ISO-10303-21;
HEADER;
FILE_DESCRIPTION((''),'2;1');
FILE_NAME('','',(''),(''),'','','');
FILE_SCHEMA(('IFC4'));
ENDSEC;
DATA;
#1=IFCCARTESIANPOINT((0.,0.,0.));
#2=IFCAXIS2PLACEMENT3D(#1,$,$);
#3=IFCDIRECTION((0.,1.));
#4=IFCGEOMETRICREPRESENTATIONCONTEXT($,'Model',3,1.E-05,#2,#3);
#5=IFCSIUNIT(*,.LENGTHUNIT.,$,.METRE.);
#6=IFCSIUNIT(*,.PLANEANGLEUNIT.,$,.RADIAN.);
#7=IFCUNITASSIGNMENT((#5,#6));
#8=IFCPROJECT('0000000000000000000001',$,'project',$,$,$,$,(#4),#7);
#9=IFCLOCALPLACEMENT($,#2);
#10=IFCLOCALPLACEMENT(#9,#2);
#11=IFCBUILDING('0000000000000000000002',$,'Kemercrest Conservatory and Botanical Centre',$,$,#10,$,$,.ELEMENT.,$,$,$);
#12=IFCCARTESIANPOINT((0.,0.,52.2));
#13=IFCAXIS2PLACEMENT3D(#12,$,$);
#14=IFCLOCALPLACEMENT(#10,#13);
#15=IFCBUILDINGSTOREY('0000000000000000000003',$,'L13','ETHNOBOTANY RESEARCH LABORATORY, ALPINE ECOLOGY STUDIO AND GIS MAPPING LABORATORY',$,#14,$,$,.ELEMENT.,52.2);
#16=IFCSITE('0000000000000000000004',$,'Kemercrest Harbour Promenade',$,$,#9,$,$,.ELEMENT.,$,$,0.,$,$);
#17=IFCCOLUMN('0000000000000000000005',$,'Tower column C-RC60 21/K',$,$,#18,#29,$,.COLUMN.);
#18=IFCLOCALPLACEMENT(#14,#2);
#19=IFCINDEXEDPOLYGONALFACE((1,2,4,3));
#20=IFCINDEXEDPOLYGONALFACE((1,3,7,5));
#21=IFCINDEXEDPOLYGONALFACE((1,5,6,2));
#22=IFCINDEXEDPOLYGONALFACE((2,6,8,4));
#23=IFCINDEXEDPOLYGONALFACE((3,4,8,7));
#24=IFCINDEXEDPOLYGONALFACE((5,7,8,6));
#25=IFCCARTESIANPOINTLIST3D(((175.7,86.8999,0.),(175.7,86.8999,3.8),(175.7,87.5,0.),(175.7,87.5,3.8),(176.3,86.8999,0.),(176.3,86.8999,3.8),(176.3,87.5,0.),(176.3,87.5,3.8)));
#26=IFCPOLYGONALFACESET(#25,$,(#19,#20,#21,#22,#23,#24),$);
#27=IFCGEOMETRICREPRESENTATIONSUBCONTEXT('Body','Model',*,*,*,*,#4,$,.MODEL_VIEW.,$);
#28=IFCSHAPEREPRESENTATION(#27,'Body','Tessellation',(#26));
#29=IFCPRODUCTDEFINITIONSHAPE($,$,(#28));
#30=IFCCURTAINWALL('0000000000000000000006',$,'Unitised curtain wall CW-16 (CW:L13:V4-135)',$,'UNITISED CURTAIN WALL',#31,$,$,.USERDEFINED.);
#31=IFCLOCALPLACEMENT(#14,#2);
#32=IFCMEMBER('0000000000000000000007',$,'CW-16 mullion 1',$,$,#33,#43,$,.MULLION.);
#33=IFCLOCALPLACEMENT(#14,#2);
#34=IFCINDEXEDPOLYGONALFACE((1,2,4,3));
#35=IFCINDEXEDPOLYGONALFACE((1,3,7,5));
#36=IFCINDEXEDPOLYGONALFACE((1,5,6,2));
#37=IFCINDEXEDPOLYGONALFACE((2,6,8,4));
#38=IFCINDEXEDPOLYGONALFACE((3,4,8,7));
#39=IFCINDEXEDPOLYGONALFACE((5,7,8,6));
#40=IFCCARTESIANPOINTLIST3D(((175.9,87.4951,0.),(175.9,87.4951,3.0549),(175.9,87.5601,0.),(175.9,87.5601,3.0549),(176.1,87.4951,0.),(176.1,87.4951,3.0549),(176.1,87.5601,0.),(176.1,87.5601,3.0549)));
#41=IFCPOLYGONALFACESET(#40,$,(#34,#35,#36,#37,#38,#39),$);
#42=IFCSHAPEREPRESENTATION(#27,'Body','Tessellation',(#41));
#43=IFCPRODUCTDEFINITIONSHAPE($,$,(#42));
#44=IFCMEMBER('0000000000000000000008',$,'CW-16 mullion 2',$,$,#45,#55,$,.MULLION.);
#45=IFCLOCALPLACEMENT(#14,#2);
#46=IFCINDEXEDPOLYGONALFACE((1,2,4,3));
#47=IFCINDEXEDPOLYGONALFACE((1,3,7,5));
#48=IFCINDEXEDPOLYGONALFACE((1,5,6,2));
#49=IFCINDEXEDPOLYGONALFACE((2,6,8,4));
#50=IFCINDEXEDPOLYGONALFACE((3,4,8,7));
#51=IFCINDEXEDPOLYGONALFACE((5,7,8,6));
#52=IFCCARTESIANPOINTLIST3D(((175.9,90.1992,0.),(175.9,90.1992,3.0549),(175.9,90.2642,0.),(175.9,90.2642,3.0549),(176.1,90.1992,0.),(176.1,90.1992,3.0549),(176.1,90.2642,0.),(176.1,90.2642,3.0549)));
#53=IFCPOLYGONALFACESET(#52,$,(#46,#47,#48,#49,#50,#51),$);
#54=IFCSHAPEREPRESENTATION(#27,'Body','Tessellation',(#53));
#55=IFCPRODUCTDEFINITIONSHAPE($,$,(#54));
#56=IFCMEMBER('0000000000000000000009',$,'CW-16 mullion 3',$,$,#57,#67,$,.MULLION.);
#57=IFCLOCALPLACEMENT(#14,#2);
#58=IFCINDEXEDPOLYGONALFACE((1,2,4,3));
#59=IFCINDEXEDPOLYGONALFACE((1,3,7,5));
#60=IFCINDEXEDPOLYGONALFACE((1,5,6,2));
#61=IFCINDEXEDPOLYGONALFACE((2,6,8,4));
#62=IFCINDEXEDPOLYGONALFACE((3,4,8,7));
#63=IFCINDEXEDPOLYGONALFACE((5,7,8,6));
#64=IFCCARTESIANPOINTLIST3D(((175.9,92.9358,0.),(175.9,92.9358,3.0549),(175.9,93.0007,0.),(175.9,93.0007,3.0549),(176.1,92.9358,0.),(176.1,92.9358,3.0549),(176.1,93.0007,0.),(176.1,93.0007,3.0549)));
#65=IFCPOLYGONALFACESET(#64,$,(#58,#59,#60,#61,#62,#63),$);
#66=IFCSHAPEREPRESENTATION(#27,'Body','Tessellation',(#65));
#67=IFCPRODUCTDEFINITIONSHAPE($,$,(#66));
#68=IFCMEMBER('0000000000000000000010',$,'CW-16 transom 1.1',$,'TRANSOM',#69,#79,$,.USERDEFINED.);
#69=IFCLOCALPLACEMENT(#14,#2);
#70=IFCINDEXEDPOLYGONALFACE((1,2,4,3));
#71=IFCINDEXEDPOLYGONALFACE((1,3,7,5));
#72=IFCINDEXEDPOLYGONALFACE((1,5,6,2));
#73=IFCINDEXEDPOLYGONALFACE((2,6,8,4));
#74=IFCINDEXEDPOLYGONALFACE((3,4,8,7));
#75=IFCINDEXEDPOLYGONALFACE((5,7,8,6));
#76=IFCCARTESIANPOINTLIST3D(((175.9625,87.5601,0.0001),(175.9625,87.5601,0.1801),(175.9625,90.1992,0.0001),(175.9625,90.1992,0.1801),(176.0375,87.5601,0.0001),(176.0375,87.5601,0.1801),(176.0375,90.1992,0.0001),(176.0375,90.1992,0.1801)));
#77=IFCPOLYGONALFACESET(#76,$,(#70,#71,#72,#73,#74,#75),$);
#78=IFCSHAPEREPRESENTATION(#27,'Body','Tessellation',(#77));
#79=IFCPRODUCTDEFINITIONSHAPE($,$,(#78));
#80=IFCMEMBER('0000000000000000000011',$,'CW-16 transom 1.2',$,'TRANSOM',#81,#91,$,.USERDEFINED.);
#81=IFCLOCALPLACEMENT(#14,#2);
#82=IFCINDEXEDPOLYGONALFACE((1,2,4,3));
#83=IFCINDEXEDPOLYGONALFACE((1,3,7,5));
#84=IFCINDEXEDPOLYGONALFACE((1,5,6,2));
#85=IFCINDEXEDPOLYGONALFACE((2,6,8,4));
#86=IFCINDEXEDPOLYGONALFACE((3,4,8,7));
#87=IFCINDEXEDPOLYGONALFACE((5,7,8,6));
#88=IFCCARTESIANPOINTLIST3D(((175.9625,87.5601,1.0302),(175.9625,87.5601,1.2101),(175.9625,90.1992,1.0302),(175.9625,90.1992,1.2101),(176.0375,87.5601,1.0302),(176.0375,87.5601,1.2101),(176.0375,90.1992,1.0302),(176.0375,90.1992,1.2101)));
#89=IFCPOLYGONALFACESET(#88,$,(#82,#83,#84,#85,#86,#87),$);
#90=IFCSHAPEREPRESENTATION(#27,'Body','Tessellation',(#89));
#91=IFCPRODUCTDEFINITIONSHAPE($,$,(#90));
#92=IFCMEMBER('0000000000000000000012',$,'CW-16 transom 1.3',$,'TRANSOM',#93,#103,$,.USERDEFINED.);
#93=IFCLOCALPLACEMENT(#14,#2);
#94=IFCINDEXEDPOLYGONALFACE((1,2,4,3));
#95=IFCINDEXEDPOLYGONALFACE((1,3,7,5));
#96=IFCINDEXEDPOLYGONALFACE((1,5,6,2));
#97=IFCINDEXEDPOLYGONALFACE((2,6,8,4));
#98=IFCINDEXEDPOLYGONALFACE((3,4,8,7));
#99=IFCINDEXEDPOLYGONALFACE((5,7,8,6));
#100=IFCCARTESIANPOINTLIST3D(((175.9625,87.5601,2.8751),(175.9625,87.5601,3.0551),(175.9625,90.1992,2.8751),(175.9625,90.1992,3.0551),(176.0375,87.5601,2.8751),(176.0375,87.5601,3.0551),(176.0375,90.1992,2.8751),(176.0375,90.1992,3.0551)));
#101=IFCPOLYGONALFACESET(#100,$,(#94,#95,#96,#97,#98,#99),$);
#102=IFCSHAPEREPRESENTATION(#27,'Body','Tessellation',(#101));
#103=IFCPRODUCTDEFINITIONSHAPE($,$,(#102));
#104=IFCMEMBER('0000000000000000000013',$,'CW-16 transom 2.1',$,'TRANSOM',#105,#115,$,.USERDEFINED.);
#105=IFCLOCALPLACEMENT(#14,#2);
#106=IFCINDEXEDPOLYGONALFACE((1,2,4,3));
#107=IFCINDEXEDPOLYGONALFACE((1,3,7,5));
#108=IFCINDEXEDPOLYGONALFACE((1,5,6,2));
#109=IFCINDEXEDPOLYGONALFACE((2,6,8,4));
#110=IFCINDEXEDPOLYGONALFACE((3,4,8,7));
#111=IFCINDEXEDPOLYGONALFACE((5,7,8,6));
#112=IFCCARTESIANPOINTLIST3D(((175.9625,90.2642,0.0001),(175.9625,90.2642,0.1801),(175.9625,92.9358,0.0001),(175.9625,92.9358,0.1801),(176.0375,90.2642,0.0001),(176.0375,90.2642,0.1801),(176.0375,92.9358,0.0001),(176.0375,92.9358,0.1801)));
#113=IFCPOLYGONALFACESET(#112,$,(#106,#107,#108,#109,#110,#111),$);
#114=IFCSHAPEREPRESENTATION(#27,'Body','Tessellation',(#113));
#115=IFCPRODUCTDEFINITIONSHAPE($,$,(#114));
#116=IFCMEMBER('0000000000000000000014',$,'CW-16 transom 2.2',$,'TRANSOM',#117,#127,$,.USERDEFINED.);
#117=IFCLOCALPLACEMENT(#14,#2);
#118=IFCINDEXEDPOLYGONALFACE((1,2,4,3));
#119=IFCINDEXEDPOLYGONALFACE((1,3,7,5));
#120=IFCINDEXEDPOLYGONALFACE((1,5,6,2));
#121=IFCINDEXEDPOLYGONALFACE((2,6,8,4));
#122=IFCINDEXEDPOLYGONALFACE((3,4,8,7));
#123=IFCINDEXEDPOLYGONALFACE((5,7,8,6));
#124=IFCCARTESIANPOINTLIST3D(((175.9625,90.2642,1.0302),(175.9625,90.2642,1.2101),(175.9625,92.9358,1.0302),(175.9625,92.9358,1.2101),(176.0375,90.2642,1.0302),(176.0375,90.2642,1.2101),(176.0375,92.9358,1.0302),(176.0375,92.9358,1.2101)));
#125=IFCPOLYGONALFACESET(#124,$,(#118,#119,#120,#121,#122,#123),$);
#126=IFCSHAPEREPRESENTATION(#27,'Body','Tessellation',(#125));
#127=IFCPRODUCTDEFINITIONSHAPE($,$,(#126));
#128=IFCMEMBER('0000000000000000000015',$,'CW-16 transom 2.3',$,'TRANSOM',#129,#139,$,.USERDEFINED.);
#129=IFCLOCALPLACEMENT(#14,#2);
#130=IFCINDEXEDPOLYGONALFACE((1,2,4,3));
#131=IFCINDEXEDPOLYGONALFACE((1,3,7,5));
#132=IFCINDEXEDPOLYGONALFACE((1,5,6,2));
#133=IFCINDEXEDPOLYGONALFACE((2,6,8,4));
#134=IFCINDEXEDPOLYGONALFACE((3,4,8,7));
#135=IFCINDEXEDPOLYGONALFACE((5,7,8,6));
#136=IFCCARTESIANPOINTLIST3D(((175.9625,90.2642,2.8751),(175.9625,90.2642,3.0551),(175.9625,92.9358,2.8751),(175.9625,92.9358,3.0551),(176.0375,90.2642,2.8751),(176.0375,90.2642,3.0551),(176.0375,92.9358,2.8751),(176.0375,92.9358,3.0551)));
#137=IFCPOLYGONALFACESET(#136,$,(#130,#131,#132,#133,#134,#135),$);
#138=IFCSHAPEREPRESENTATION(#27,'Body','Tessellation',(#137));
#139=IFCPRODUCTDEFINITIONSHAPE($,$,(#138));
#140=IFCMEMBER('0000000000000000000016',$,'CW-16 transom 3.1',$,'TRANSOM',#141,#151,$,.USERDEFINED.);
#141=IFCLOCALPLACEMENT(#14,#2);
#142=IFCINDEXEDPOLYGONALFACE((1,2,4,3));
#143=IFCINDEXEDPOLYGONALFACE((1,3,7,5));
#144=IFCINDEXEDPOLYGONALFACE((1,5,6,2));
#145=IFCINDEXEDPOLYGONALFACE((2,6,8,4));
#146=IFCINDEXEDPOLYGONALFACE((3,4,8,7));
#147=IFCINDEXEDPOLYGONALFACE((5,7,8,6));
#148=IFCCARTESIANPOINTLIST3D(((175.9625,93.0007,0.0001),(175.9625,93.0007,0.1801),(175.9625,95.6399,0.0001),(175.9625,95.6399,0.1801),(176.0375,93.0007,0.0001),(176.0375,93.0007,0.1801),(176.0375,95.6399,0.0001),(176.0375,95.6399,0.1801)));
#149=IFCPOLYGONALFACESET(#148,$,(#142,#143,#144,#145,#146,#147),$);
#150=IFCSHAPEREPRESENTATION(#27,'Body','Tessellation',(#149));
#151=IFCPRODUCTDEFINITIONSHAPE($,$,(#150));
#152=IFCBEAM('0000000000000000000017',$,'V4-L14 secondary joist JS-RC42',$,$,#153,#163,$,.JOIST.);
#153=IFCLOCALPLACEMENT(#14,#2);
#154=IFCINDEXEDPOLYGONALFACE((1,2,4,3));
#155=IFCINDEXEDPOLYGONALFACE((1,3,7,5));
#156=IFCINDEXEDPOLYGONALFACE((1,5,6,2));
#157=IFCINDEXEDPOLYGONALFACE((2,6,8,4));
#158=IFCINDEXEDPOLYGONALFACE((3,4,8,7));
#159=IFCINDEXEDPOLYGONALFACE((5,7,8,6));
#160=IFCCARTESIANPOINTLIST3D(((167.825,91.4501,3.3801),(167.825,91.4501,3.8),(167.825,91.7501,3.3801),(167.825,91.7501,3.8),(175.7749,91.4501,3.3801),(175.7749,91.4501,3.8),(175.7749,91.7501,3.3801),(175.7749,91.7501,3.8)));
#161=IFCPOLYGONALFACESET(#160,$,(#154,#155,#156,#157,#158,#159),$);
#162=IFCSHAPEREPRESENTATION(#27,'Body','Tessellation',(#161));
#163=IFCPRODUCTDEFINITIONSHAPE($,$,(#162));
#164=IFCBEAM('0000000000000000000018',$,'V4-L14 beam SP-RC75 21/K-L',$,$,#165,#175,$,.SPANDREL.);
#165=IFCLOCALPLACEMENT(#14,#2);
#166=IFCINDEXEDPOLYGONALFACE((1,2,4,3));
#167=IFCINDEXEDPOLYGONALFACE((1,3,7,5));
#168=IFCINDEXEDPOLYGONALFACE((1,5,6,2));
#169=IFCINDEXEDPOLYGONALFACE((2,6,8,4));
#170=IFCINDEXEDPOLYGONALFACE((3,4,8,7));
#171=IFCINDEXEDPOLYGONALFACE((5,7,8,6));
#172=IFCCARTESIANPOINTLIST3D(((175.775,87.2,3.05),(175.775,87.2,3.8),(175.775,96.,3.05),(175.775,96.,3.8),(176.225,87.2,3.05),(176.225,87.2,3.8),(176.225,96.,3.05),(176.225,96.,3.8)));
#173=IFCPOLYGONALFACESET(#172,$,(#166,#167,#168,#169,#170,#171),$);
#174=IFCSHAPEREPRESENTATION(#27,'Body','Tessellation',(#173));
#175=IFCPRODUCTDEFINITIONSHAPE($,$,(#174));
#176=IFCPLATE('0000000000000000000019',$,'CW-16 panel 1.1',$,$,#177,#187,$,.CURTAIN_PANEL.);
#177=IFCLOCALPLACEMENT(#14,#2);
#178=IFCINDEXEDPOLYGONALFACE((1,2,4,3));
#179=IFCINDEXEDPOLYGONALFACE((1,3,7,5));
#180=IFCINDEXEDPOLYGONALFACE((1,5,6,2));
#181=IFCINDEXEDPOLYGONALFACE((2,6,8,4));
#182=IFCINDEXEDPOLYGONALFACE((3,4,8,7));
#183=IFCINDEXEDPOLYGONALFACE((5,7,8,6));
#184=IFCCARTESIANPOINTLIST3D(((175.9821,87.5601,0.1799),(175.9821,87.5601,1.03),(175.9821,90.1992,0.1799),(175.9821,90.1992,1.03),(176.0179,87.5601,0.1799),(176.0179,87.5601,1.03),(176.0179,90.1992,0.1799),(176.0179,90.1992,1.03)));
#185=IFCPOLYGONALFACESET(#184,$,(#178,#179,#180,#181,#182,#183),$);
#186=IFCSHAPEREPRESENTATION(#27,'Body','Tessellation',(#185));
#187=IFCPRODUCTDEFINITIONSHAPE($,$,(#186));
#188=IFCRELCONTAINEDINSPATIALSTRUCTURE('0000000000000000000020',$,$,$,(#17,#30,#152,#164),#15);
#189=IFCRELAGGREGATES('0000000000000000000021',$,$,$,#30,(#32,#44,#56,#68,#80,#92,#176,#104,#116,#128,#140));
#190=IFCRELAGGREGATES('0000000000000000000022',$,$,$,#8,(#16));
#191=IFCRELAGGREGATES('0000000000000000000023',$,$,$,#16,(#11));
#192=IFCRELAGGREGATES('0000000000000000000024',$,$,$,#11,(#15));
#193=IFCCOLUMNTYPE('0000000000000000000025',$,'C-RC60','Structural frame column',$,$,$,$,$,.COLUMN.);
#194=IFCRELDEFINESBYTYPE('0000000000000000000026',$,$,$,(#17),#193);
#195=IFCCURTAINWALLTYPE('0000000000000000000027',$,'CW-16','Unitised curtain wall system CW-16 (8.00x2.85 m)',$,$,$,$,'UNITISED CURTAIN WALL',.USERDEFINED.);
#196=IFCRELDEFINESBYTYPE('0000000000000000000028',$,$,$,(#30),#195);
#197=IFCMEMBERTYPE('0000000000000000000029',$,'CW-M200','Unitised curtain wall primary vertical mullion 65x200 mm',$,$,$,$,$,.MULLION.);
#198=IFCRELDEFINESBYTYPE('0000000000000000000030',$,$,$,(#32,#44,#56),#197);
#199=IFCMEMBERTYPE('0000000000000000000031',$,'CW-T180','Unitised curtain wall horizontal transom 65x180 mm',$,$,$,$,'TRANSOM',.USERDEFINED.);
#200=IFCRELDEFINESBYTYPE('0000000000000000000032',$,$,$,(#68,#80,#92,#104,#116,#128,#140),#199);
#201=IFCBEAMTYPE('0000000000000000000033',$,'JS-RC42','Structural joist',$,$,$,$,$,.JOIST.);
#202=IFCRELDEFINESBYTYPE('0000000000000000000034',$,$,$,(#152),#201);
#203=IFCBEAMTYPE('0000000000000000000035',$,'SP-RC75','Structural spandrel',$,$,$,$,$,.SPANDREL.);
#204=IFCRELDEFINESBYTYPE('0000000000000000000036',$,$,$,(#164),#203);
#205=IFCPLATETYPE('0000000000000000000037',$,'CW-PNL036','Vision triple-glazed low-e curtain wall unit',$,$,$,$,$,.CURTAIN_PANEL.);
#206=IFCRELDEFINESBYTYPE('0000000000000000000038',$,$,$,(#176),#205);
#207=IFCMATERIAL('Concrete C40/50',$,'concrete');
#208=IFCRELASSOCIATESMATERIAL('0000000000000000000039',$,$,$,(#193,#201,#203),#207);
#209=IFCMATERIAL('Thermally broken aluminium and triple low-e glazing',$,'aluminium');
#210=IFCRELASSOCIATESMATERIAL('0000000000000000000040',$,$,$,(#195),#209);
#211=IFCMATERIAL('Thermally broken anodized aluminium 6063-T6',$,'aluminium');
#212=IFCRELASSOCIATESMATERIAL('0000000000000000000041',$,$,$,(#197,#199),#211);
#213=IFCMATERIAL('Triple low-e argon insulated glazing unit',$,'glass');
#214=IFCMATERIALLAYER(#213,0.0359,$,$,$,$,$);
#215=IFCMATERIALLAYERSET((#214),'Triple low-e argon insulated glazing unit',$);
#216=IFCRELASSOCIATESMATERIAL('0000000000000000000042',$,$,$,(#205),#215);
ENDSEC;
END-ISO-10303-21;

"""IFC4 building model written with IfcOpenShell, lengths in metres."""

from ifc_helpers import new_model, si_unit, direction, frame, origin, origin_2d, place, context, subcontext, project, spatial, rectangle, extrude, material, layer, layer_set, material_profile, profile_set, type_object, element, aggregate, save


model = new_model("IFC4")

# Units and contexts
model_context = context("Model", 3, precision=1e-05, world=origin(), true_north=direction((0.0, 1.0)))
body_context = subcontext(model_context, "Body", "Model", "MODEL_VIEW")
ifc_project = project(units=[si_unit("LENGTHUNIT", "METRE"), si_unit("PLANEANGLEUNIT", "RADIAN")], contexts=[model_context])

# Site, building, storey
site_placement = place(None, origin())
site = spatial("IfcSite", under=ifc_project, at=site_placement, Name="Kemercrest Harbour Promenade", CompositionType="ELEMENT", RefElevation=0.0)
building_placement = place(site_placement, origin())
building = spatial("IfcBuilding", under=site, at=building_placement, Name="Kemercrest Conservatory and Botanical Centre", CompositionType="ELEMENT")
storey_placement = place(building_placement, frame((0.0, 0.0, 52.2)))
storey = spatial("IfcBuildingStorey", under=building, at=storey_placement, Name="L13", Description="ETHNOBOTANY RESEARCH LABORATORY, ALPINE ECOLOGY STUDIO AND GIS MAPPING LABORATORY", CompositionType="ELEMENT", Elevation=52.2)

# Column
ifc_material_1 = material(Name="Concrete C40/50", Category="concrete")
ifc_material_profile_1 = material_profile(ifc_material_1, rectangle(XDim=0.6001, YDim=0.6001, at=origin_2d()), Name="RC 600x600")
ifc_profile_set_1 = profile_set([ifc_material_profile_1], Name="Concrete C40/50")
column_type = type_object("IfcColumnType", Name="C-RC60", Description="Structural frame column", PredefinedType="COLUMN", material=ifc_profile_set_1)
column_placement = place(storey_placement, frame((176.0, 87.2, 0.0), z_axis=(0.0, 0.0, 1.0), x_axis=(1.0, 0.0, 0.0)))
element("IfcColumn", 1, at=column_placement, inside=storey, type_object=column_type, Name="Tower column C-RC60 21/K", PredefinedType="COLUMN", context=body_context, shape_type="SweptSolid", body=[
    extrude(rectangle(XDim=0.6001, YDim=0.6001, at=origin_2d()), origin(), (0.0, 0.0, 1.0), 3.8),
])

# Curtain wall, members
ifc_material_2 = material(Name="Thermally broken aluminium and triple low-e glazing", Category="aluminium")
curtain_wall_type = type_object("IfcCurtainWallType", Name="CW-16", Description="Unitised curtain wall system CW-16 (8.00x2.85 m)", ElementType="UNITISED CURTAIN WALL", PredefinedType="USERDEFINED", material=ifc_material_2)
curtain_wall_placement = place(storey_placement, origin())
curtain_wall = element("IfcCurtainWall", 2, at=curtain_wall_placement, inside=storey, type_object=curtain_wall_type, Name="Unitised curtain wall CW-16 (CW:L13:V4-135)", ObjectType="UNITISED CURTAIN WALL", PredefinedType="USERDEFINED")
ifc_material_3 = material(Name="Thermally broken anodized aluminium 6063-T6", Category="aluminium")
ifc_material_profile_2 = material_profile(ifc_material_3, rectangle(XDim=0.2, YDim=0.0649, at=origin_2d()), Name="AL MULLION 65x200")
ifc_profile_set_2 = profile_set([ifc_material_profile_2], Name="Thermally broken anodized aluminium 6063-T6")
member_type_1 = type_object("IfcMemberType", Name="CW-M200", Description="Unitised curtain wall primary vertical mullion 65x200 mm", PredefinedType="MULLION", material=ifc_profile_set_2)
member_1_placement = place(storey_placement, frame((176.0, 87.5276, 0.0), z_axis=(0.0, 0.0, 1.0), x_axis=(-1.0, 0.0, 0.0)))
member_1 = element("IfcMember", 3, at=member_1_placement, type_object=member_type_1, Name="CW-16 mullion 1", PredefinedType="MULLION", context=body_context, shape_type="SweptSolid", body=[
    extrude(rectangle(XDim=0.2, YDim=0.0649, at=origin_2d()), origin(), (0.0, 0.0, 1.0), 3.0549),
])
member_2_placement = place(storey_placement, frame((176.0, 90.2317, 0.0), z_axis=(0.0, 0.0, 1.0), x_axis=(-1.0, 0.0, 0.0)))
member_2 = element("IfcMember", 4, at=member_2_placement, type_object=member_type_1, Name="CW-16 mullion 2", PredefinedType="MULLION", context=body_context, shape_type="SweptSolid", body=[
    extrude(rectangle(XDim=0.2, YDim=0.0649, at=origin_2d()), origin(), (0.0, 0.0, 1.0), 3.0549),
])
member_3_placement = place(storey_placement, frame((176.0, 92.9683, 0.0), z_axis=(0.0, 0.0, 1.0), x_axis=(-1.0, 0.0, 0.0)))
member_3 = element("IfcMember", 5, at=member_3_placement, type_object=member_type_1, Name="CW-16 mullion 3", PredefinedType="MULLION", context=body_context, shape_type="SweptSolid", body=[
    extrude(rectangle(XDim=0.2, YDim=0.0649, at=origin_2d()), origin(), (0.0, 0.0, 1.0), 3.0549),
])
ifc_material_profile_3 = material_profile(ifc_material_3, rectangle(XDim=0.075, YDim=0.1799, at=origin_2d()), Name="AL TRANSOM 75x180")
ifc_profile_set_3 = profile_set([ifc_material_profile_3], Name="Thermally broken anodized aluminium 6063-T6")
member_type_2 = type_object("IfcMemberType", Name="CW-T180", Description="Unitised curtain wall horizontal transom 65x180 mm", ElementType="TRANSOM", PredefinedType="USERDEFINED", material=ifc_profile_set_3)
member_4_placement = place(storey_placement, frame((176.0, 87.5601, 0.0901), z_axis=(0.0, 1.0, 0.0), x_axis=(-1.0, 0.0, 0.0)))
member_4 = element("IfcMember", 6, at=member_4_placement, type_object=member_type_2, Name="CW-16 transom 1.1", ObjectType="TRANSOM", PredefinedType="USERDEFINED", context=body_context, shape_type="SweptSolid", body=[
    extrude(rectangle(XDim=0.075, YDim=0.1799, at=origin_2d()), origin(), (0.0, 0.0, 1.0), 2.6392),
])
member_5_placement = place(storey_placement, frame((176.0, 87.5601, 1.1201), z_axis=(0.0, 1.0, 0.0), x_axis=(-1.0, 0.0, 0.0)))
member_5 = element("IfcMember", 7, at=member_5_placement, type_object=member_type_2, Name="CW-16 transom 1.2", ObjectType="TRANSOM", PredefinedType="USERDEFINED", context=body_context, shape_type="SweptSolid", body=[
    extrude(rectangle(XDim=0.075, YDim=0.1799, at=origin_2d()), origin(), (0.0, 0.0, 1.0), 2.6392),
])
member_6_placement = place(storey_placement, frame((176.0, 87.5601, 2.9651), z_axis=(0.0, 1.0, 0.0), x_axis=(-1.0, 0.0, 0.0)))
member_6 = element("IfcMember", 8, at=member_6_placement, type_object=member_type_2, Name="CW-16 transom 1.3", ObjectType="TRANSOM", PredefinedType="USERDEFINED", context=body_context, shape_type="SweptSolid", body=[
    extrude(rectangle(XDim=0.075, YDim=0.1799, at=origin_2d()), origin(), (0.0, 0.0, 1.0), 2.6392),
])
member_7_placement = place(storey_placement, frame((176.0, 90.2642, 0.0901), z_axis=(0.0, 1.0, 0.0), x_axis=(-1.0, 0.0, 0.0)))
member_7 = element("IfcMember", 9, at=member_7_placement, type_object=member_type_2, Name="CW-16 transom 2.1", ObjectType="TRANSOM", PredefinedType="USERDEFINED", context=body_context, shape_type="SweptSolid", body=[
    extrude(rectangle(XDim=0.075, YDim=0.1799, at=origin_2d()), origin(), (0.0, 0.0, 1.0), 2.6716),
])
member_8_placement = place(storey_placement, frame((176.0, 90.2642, 1.1201), z_axis=(0.0, 1.0, 0.0), x_axis=(-1.0, 0.0, 0.0)))
member_8 = element("IfcMember", 10, at=member_8_placement, type_object=member_type_2, Name="CW-16 transom 2.2", ObjectType="TRANSOM", PredefinedType="USERDEFINED", context=body_context, shape_type="SweptSolid", body=[
    extrude(rectangle(XDim=0.075, YDim=0.1799, at=origin_2d()), origin(), (0.0, 0.0, 1.0), 2.6716),
])
member_9_placement = place(storey_placement, frame((176.0, 90.2642, 2.9651), z_axis=(0.0, 1.0, 0.0), x_axis=(-1.0, 0.0, 0.0)))
member_9 = element("IfcMember", 11, at=member_9_placement, type_object=member_type_2, Name="CW-16 transom 2.3", ObjectType="TRANSOM", PredefinedType="USERDEFINED", context=body_context, shape_type="SweptSolid", body=[
    extrude(rectangle(XDim=0.075, YDim=0.1799, at=origin_2d()), origin(), (0.0, 0.0, 1.0), 2.6716),
])
member_10_placement = place(storey_placement, frame((176.0, 93.0007, 0.0901), z_axis=(0.0, 1.0, 0.0), x_axis=(-1.0, 0.0, 0.0)))
member_10 = element("IfcMember", 12, at=member_10_placement, type_object=member_type_2, Name="CW-16 transom 3.1", ObjectType="TRANSOM", PredefinedType="USERDEFINED", context=body_context, shape_type="SweptSolid", body=[
    extrude(rectangle(XDim=0.075, YDim=0.1799, at=origin_2d()), origin(), (0.0, 0.0, 1.0), 2.6392),
])

# Beams
ifc_material_profile_4 = material_profile(ifc_material_1, rectangle(XDim=0.3, YDim=0.4199, at=origin_2d()), Name="RC 300x420")
ifc_profile_set_4 = profile_set([ifc_material_profile_4], Name="Concrete C40/50")
beam_type_1 = type_object("IfcBeamType", Name="JS-RC42", Description="Structural joist", PredefinedType="JOIST", material=ifc_profile_set_4)
beam_1_placement = place(storey_placement, frame((167.825, 91.6001, 3.5901), z_axis=(1.0, 0.0, 0.0), x_axis=(0.0, 1.0, 0.0)))
element("IfcBeam", 13, at=beam_1_placement, inside=storey, type_object=beam_type_1, Name="V4-L14 secondary joist JS-RC42", PredefinedType="JOIST", context=body_context, shape_type="SweptSolid", body=[
    extrude(rectangle(XDim=0.3, YDim=0.4199, at=origin_2d()), origin(), (0.0, 0.0, 1.0), 7.95),
])
ifc_material_profile_5 = material_profile(ifc_material_1, rectangle(XDim=0.45, YDim=0.75, at=origin_2d()), Name="RC 450x750")
ifc_profile_set_5 = profile_set([ifc_material_profile_5], Name="Concrete C40/50")
beam_type_2 = type_object("IfcBeamType", Name="SP-RC75", Description="Structural spandrel", PredefinedType="SPANDREL", material=ifc_profile_set_5)
beam_2_placement = place(storey_placement, frame((176.0, 87.2, 3.425), z_axis=(0.0, 1.0, 0.0), x_axis=(-1.0, 0.0, 0.0)))
element("IfcBeam", 14, at=beam_2_placement, inside=storey, type_object=beam_type_2, Name="V4-L14 beam SP-RC75 21/K-L", PredefinedType="SPANDREL", context=body_context, shape_type="SweptSolid", body=[
    extrude(rectangle(XDim=0.45, YDim=0.75, at=origin_2d()), origin(), (0.0, 0.0, 1.0), 8.8),
])

# Plate
ifc_material_4 = material(Name="Triple low-e argon insulated glazing unit", Category="glass")
ifc_layer_1 = layer(ifc_material_4, 0.0359)
ifc_layer_set_1 = layer_set([ifc_layer_1], Name="Triple low-e argon insulated glazing unit")
plate_type = type_object("IfcPlateType", Name="CW-PNL036", Description="Vision triple-glazed low-e curtain wall unit", PredefinedType="CURTAIN_PANEL", material=ifc_layer_set_1)
plate_1_placement = place(storey_placement, frame((176.0, 88.8796, 0.1799), z_axis=(0.0, 0.0, 1.0), x_axis=(0.0, 1.0, 0.0)))
plate_1 = element("IfcPlate", 15, at=plate_1_placement, type_object=plate_type, Name="CW-16 panel 1.1", PredefinedType="CURTAIN_PANEL", context=body_context, shape_type="SweptSolid", body=[
    extrude(rectangle(XDim=2.6392, YDim=0.0359, at=origin_2d()), origin(), (0.0, 0.0, 1.0), 0.8501),
])
aggregate(curtain_wall, [member_1, member_2, member_3, member_4, member_5, member_6, plate_1, member_7, member_8, member_9, member_10])

save(model, "model.ifc")
